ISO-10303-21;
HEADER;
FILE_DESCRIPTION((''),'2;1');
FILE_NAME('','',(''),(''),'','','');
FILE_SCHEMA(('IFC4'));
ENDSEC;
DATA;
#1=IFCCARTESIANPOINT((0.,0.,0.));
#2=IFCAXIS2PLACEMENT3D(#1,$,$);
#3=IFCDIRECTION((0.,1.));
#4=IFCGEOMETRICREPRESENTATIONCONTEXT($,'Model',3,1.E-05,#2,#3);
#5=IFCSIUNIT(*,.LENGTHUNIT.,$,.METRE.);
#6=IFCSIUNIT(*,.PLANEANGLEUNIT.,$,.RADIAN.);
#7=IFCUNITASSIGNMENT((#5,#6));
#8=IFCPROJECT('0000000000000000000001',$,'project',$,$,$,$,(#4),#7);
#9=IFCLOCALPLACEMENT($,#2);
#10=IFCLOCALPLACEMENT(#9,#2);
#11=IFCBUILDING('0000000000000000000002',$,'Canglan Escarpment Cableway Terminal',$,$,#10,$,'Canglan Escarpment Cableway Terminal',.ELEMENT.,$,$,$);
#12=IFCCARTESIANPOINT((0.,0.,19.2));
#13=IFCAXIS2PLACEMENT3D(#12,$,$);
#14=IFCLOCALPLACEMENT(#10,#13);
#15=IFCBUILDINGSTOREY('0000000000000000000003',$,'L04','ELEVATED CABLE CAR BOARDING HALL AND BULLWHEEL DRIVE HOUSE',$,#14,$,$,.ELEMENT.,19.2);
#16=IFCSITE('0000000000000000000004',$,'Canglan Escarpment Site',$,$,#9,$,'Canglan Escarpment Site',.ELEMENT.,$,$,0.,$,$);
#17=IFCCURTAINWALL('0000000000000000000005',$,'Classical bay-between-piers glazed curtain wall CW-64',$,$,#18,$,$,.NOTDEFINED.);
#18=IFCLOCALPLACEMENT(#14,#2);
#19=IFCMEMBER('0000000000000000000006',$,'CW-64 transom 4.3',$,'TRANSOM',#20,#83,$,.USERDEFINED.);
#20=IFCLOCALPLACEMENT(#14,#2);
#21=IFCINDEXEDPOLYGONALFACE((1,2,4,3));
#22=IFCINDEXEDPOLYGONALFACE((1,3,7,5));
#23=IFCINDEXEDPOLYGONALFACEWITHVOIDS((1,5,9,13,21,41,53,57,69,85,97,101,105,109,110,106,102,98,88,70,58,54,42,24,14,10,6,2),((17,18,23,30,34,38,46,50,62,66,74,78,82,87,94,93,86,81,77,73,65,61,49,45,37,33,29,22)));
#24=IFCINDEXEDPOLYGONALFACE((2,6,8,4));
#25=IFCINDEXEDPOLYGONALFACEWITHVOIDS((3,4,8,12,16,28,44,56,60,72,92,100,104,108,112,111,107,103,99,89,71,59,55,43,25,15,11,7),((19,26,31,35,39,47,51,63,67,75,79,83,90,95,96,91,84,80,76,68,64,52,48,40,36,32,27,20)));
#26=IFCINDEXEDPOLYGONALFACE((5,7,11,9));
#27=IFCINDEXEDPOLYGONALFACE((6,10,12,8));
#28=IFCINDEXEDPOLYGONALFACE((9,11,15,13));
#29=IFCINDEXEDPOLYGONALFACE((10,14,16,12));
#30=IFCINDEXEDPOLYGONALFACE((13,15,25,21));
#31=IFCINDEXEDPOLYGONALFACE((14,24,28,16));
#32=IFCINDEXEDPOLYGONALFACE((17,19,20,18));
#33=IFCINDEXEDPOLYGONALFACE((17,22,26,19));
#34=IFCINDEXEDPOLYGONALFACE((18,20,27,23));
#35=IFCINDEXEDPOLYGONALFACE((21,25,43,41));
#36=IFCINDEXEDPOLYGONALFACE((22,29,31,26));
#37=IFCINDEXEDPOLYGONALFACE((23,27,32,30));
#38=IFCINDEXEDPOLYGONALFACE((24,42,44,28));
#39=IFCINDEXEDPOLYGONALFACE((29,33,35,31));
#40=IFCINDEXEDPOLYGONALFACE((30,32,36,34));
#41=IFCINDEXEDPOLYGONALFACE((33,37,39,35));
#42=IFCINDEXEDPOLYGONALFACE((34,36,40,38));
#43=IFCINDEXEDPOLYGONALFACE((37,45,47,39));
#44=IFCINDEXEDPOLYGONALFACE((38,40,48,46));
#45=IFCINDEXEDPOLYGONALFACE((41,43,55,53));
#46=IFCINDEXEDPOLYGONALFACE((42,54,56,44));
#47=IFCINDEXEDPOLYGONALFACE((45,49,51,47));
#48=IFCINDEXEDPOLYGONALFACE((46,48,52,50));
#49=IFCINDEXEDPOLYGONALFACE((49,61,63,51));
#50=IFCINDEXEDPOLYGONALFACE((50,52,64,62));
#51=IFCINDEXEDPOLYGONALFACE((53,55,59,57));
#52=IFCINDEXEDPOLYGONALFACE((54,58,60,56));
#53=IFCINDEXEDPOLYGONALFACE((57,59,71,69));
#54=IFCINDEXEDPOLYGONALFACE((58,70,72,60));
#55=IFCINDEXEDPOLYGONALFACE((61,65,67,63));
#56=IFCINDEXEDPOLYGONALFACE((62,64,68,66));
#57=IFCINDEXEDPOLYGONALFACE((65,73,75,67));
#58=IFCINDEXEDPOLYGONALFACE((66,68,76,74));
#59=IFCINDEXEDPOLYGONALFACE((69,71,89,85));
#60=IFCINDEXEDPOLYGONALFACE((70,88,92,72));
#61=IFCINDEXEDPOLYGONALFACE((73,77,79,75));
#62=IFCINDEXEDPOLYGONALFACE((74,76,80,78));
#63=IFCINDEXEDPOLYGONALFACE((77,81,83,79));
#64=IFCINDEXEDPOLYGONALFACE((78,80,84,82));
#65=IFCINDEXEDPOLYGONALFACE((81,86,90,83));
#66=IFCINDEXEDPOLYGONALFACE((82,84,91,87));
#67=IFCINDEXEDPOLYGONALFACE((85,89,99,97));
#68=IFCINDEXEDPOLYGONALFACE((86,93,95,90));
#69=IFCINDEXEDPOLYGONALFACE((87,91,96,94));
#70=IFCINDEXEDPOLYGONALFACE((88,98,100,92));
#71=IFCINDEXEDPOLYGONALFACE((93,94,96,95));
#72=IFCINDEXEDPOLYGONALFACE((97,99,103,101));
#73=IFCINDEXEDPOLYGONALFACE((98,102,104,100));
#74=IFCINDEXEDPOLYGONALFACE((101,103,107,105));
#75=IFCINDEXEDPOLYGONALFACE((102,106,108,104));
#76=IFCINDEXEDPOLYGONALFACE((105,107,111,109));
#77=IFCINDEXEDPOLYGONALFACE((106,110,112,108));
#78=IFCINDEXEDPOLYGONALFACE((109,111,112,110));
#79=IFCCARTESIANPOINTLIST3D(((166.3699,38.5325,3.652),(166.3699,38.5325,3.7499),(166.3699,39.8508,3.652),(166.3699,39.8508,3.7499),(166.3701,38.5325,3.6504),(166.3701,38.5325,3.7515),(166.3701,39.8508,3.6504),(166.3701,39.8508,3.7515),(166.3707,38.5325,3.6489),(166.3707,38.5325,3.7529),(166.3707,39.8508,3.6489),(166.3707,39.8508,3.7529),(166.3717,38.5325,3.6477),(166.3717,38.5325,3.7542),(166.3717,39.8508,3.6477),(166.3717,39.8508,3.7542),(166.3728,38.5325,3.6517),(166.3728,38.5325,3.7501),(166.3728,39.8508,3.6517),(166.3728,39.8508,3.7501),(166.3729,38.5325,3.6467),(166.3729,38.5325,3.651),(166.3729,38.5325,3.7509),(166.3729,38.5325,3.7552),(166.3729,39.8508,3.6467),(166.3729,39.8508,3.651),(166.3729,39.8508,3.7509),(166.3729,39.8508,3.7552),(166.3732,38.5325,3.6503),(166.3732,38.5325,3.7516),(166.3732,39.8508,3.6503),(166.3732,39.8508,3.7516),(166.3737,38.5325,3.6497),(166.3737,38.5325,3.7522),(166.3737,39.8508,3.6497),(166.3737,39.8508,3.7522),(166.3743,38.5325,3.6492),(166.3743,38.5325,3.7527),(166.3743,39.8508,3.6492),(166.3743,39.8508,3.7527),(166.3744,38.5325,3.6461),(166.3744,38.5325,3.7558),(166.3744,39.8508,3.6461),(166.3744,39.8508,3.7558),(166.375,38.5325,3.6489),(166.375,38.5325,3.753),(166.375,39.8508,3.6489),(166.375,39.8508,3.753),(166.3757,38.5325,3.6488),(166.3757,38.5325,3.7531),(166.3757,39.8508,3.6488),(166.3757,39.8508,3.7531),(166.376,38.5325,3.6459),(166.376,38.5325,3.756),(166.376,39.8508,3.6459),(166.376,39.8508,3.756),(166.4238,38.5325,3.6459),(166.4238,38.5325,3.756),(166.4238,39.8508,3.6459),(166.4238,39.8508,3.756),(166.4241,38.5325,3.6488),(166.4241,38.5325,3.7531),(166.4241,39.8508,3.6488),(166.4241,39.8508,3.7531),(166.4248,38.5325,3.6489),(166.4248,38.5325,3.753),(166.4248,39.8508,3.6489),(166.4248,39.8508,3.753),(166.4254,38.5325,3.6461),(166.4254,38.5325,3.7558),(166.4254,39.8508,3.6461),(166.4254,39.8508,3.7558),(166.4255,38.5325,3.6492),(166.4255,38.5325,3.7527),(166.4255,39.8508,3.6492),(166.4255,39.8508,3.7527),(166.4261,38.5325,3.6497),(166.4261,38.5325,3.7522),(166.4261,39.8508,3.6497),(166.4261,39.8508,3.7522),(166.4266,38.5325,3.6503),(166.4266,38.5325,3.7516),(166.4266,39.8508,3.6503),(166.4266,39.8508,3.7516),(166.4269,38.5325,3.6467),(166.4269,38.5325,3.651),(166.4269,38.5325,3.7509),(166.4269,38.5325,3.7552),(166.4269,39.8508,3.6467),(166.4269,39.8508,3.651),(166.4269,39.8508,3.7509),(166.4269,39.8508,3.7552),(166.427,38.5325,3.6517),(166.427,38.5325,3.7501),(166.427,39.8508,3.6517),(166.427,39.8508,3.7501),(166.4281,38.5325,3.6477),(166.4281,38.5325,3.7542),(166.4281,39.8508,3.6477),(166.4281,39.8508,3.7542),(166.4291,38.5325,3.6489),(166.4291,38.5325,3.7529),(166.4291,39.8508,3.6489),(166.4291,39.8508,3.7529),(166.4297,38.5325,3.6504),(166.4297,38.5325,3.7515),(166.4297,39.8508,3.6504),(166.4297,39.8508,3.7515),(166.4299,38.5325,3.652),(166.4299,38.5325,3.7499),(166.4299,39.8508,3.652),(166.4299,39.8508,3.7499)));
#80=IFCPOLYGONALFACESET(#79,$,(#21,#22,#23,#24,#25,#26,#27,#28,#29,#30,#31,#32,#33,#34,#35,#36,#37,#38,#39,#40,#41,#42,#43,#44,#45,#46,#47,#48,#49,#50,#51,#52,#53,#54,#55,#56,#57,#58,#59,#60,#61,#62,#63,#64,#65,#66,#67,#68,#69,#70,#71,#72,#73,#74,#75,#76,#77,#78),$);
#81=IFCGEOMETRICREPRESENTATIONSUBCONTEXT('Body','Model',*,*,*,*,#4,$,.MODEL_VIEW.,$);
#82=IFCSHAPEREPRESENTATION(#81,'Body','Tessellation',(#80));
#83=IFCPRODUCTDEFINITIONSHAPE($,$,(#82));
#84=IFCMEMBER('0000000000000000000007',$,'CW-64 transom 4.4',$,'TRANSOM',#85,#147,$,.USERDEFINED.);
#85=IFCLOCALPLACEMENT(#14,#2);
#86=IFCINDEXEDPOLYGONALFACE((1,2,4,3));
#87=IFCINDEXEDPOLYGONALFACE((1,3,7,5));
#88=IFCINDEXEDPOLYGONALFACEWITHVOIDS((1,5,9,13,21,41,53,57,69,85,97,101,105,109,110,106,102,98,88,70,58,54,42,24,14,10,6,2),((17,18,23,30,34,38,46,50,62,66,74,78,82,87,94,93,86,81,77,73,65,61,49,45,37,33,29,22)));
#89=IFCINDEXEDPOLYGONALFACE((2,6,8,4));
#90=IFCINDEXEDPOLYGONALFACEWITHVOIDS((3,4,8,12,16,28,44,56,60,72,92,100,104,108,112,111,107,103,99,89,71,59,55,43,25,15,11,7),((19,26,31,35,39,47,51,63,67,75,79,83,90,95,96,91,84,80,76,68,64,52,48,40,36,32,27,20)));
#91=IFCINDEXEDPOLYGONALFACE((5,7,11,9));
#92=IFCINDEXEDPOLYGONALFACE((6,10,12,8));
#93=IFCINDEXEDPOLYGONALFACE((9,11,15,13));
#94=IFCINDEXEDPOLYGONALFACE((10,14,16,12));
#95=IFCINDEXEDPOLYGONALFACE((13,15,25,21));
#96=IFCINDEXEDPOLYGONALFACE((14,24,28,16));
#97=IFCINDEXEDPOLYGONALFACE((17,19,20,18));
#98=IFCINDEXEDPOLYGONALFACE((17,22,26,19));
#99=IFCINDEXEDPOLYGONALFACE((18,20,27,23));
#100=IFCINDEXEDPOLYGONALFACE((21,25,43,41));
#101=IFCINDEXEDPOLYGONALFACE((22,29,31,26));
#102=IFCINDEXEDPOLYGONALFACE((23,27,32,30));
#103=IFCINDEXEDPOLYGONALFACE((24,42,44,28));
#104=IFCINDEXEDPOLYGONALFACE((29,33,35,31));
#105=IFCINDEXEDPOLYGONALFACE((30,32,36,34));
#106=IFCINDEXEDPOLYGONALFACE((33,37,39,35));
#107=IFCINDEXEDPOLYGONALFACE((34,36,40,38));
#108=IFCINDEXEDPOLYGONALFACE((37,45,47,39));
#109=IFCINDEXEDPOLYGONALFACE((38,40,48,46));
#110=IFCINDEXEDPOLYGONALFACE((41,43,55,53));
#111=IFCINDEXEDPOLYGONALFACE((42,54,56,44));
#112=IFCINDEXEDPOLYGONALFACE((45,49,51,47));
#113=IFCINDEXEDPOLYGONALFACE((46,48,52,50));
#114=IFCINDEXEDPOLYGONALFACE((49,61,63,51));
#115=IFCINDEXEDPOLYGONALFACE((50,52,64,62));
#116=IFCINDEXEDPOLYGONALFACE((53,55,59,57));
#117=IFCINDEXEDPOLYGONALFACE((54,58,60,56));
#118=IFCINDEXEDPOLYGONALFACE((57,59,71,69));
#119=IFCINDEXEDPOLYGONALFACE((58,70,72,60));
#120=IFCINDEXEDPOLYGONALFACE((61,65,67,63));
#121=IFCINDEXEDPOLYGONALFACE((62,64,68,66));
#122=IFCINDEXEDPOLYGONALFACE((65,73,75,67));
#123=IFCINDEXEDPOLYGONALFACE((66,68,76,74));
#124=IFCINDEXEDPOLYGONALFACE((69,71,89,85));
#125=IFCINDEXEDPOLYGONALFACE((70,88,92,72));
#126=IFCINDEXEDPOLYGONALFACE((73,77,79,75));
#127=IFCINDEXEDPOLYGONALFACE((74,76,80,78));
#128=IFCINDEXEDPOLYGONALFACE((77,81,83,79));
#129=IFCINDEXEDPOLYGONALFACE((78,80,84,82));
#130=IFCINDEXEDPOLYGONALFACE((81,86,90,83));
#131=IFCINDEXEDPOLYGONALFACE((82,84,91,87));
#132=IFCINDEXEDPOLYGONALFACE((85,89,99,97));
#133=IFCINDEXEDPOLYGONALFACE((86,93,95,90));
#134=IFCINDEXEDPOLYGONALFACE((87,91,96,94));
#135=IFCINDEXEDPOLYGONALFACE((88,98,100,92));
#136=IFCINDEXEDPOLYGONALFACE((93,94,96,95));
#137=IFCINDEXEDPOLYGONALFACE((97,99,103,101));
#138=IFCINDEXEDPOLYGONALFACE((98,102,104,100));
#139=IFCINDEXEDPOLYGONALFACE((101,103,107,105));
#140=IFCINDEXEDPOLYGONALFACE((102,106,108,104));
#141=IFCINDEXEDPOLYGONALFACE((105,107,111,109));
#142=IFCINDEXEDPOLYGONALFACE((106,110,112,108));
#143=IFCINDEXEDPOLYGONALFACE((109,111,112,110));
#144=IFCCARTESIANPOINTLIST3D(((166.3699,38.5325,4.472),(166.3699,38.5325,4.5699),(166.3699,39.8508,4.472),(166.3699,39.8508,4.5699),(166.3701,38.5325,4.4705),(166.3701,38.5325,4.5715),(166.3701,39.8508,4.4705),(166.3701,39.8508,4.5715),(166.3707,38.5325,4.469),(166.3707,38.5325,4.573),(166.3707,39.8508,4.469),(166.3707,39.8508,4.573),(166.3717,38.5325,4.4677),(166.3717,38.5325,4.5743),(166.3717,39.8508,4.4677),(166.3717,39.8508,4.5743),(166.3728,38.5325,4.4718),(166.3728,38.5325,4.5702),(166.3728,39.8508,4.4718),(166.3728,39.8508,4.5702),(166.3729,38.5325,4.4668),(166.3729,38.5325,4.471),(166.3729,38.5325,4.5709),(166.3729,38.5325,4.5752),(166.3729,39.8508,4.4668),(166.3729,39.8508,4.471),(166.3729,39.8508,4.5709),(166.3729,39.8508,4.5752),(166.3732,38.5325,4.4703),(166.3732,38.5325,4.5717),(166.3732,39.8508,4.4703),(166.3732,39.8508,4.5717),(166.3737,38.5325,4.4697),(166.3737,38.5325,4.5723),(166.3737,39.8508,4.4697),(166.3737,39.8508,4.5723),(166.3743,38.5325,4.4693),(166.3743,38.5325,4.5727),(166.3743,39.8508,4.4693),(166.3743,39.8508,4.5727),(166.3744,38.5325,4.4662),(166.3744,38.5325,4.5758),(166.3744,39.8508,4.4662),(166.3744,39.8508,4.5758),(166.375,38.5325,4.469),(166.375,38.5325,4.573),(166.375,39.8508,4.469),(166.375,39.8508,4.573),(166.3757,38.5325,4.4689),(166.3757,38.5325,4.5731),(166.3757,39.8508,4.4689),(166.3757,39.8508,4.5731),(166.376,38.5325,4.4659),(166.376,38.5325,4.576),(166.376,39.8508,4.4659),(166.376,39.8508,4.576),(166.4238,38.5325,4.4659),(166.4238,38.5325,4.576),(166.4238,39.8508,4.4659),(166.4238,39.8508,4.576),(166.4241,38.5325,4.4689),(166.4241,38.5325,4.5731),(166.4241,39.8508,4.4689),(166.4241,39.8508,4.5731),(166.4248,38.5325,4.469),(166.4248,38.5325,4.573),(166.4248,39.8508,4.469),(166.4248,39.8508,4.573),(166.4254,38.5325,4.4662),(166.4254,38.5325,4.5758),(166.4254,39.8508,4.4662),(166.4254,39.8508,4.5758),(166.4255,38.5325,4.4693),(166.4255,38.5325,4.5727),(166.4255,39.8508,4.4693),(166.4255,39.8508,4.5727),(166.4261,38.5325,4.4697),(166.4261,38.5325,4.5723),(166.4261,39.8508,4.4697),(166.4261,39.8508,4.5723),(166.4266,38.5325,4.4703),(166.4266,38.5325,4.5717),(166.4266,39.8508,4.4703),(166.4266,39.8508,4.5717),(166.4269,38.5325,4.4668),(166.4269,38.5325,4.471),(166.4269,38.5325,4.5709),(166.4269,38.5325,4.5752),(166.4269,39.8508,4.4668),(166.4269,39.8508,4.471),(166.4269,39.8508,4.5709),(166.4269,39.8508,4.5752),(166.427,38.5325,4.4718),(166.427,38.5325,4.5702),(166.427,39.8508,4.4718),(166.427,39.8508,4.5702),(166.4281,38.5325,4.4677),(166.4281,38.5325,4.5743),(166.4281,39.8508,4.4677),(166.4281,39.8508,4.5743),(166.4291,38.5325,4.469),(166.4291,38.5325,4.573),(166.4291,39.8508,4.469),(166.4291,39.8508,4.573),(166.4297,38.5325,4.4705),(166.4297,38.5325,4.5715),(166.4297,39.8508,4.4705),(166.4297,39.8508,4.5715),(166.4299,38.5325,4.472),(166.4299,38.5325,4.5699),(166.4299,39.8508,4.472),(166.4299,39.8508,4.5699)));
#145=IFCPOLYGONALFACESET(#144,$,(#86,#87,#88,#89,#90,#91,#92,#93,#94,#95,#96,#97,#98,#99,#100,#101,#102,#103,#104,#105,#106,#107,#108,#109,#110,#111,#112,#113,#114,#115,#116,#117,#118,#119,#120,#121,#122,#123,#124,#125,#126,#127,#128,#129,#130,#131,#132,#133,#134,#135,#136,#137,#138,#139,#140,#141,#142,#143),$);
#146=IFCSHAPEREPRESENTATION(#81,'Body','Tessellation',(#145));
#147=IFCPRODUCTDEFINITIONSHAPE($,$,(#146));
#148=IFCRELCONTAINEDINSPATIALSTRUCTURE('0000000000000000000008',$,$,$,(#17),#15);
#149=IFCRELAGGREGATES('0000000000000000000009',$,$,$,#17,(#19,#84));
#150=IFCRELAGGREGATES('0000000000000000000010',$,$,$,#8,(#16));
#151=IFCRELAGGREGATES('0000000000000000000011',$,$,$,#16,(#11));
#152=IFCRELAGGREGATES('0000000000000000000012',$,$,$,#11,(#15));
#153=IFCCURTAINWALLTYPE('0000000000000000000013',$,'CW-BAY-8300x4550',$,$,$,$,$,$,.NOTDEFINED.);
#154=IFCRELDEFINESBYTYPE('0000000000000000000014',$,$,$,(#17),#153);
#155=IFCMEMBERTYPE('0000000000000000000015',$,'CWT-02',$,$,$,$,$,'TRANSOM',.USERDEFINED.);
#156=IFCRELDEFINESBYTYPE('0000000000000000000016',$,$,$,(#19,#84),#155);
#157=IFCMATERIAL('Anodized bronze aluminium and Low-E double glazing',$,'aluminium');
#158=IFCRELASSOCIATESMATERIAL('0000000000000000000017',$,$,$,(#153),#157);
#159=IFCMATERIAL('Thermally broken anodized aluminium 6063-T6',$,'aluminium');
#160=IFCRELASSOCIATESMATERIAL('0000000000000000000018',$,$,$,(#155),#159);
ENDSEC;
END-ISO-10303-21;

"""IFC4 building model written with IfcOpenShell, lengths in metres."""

from ifc_helpers import new_model, si_unit, direction, frame, origin, origin_2d, place, context, subcontext, project, spatial, hollow_rectangle, extrude, material, material_profile, profile_set, type_object, element, aggregate, save


model = new_model("IFC4")

# Units and contexts
model_context = context("Model", 3, precision=1e-05, world=origin(), true_north=direction((0.0, 1.0)))
body_context = subcontext(model_context, "Body", "Model", "MODEL_VIEW")
ifc_project = project(units=[si_unit("LENGTHUNIT", "METRE"), si_unit("PLANEANGLEUNIT", "RADIAN")], contexts=[model_context])

# Site, building, storey
site_placement = place(None, origin())
site = spatial("IfcSite", under=ifc_project, at=site_placement, Name="Canglan Escarpment Site", LongName="Canglan Escarpment Site", CompositionType="ELEMENT", RefElevation=0.0)
building_placement = place(site_placement, origin())
building = spatial("IfcBuilding", under=site, at=building_placement, Name="Canglan Escarpment Cableway Terminal", LongName="Canglan Escarpment Cableway Terminal", CompositionType="ELEMENT")
storey_placement = place(building_placement, frame((0.0, 0.0, 19.2)))
storey = spatial("IfcBuildingStorey", under=building, at=storey_placement, Name="L04", Description="ELEVATED CABLE CAR BOARDING HALL AND BULLWHEEL DRIVE HOUSE", CompositionType="ELEMENT", Elevation=19.2)

# Curtain wall
ifc_material_1 = material(Name="Anodized bronze aluminium and Low-E double glazing", Category="aluminium")
curtain_wall_type = type_object("IfcCurtainWallType", Name="CW-BAY-8300x4550", PredefinedType="NOTDEFINED", material=ifc_material_1)
curtain_wall_1_placement = place(storey_placement, origin())
curtain_wall_1 = element("IfcCurtainWall", 1, at=curtain_wall_1_placement, inside=storey, type_object=curtain_wall_type, Name="Classical bay-between-piers glazed curtain wall CW-64", PredefinedType="NOTDEFINED")
ifc_material_2 = material(Name="Thermally broken anodized aluminium 6063-T6", Category="aluminium")

# Members
ifc_material_profile_1 = material_profile(ifc_material_2, hollow_rectangle(XDim=0.0601, YDim=0.1101, WallThickness=0.0029, InnerFilletRadius=0.0029, OuterFilletRadius=0.0061, at=origin_2d()), Name="ALU-TRAN 60x110x3")
ifc_profile_set_1 = profile_set([ifc_material_profile_1], Name="Thermally broken anodized aluminium 6063-T6")
member_type_1 = type_object("IfcMemberType", Name="CWT-02", ElementType="TRANSOM", PredefinedType="USERDEFINED", material=ifc_profile_set_1)
member_1_placement = place(storey_placement, frame((166.3999, 38.5325, 3.7009), z_axis=(0.0, 1.0, 0.0), x_axis=(-1.0, 0.0, 0.0)))
member_1 = element("IfcMember", 2, at=member_1_placement, type_object=member_type_1, Name="CW-64 transom 4.3", ObjectType="TRANSOM", PredefinedType="USERDEFINED", context=body_context, shape_type="SweptSolid", body=[
    extrude(hollow_rectangle(XDim=0.0601, YDim=0.1101, WallThickness=0.0029, InnerFilletRadius=0.0029, OuterFilletRadius=0.0061, at=origin_2d()), origin(), (0.0, 0.0, 1.0), 1.3184),
])
member_2_placement = place(storey_placement, frame((166.3999, 38.5325, 4.521), z_axis=(0.0, 1.0, 0.0), x_axis=(-1.0, 0.0, 0.0)))
member_2 = element("IfcMember", 3, at=member_2_placement, type_object=member_type_1, Name="CW-64 transom 4.4", ObjectType="TRANSOM", PredefinedType="USERDEFINED", context=body_context, shape_type="SweptSolid", body=[
    extrude(hollow_rectangle(XDim=0.0601, YDim=0.1101, WallThickness=0.0029, InnerFilletRadius=0.0029, OuterFilletRadius=0.0061, at=origin_2d()), origin(), (0.0, 0.0, 1.0), 1.3184),
])

aggregate(curtain_wall_1, [member_1, member_2])

save(model, "model.ifc")
